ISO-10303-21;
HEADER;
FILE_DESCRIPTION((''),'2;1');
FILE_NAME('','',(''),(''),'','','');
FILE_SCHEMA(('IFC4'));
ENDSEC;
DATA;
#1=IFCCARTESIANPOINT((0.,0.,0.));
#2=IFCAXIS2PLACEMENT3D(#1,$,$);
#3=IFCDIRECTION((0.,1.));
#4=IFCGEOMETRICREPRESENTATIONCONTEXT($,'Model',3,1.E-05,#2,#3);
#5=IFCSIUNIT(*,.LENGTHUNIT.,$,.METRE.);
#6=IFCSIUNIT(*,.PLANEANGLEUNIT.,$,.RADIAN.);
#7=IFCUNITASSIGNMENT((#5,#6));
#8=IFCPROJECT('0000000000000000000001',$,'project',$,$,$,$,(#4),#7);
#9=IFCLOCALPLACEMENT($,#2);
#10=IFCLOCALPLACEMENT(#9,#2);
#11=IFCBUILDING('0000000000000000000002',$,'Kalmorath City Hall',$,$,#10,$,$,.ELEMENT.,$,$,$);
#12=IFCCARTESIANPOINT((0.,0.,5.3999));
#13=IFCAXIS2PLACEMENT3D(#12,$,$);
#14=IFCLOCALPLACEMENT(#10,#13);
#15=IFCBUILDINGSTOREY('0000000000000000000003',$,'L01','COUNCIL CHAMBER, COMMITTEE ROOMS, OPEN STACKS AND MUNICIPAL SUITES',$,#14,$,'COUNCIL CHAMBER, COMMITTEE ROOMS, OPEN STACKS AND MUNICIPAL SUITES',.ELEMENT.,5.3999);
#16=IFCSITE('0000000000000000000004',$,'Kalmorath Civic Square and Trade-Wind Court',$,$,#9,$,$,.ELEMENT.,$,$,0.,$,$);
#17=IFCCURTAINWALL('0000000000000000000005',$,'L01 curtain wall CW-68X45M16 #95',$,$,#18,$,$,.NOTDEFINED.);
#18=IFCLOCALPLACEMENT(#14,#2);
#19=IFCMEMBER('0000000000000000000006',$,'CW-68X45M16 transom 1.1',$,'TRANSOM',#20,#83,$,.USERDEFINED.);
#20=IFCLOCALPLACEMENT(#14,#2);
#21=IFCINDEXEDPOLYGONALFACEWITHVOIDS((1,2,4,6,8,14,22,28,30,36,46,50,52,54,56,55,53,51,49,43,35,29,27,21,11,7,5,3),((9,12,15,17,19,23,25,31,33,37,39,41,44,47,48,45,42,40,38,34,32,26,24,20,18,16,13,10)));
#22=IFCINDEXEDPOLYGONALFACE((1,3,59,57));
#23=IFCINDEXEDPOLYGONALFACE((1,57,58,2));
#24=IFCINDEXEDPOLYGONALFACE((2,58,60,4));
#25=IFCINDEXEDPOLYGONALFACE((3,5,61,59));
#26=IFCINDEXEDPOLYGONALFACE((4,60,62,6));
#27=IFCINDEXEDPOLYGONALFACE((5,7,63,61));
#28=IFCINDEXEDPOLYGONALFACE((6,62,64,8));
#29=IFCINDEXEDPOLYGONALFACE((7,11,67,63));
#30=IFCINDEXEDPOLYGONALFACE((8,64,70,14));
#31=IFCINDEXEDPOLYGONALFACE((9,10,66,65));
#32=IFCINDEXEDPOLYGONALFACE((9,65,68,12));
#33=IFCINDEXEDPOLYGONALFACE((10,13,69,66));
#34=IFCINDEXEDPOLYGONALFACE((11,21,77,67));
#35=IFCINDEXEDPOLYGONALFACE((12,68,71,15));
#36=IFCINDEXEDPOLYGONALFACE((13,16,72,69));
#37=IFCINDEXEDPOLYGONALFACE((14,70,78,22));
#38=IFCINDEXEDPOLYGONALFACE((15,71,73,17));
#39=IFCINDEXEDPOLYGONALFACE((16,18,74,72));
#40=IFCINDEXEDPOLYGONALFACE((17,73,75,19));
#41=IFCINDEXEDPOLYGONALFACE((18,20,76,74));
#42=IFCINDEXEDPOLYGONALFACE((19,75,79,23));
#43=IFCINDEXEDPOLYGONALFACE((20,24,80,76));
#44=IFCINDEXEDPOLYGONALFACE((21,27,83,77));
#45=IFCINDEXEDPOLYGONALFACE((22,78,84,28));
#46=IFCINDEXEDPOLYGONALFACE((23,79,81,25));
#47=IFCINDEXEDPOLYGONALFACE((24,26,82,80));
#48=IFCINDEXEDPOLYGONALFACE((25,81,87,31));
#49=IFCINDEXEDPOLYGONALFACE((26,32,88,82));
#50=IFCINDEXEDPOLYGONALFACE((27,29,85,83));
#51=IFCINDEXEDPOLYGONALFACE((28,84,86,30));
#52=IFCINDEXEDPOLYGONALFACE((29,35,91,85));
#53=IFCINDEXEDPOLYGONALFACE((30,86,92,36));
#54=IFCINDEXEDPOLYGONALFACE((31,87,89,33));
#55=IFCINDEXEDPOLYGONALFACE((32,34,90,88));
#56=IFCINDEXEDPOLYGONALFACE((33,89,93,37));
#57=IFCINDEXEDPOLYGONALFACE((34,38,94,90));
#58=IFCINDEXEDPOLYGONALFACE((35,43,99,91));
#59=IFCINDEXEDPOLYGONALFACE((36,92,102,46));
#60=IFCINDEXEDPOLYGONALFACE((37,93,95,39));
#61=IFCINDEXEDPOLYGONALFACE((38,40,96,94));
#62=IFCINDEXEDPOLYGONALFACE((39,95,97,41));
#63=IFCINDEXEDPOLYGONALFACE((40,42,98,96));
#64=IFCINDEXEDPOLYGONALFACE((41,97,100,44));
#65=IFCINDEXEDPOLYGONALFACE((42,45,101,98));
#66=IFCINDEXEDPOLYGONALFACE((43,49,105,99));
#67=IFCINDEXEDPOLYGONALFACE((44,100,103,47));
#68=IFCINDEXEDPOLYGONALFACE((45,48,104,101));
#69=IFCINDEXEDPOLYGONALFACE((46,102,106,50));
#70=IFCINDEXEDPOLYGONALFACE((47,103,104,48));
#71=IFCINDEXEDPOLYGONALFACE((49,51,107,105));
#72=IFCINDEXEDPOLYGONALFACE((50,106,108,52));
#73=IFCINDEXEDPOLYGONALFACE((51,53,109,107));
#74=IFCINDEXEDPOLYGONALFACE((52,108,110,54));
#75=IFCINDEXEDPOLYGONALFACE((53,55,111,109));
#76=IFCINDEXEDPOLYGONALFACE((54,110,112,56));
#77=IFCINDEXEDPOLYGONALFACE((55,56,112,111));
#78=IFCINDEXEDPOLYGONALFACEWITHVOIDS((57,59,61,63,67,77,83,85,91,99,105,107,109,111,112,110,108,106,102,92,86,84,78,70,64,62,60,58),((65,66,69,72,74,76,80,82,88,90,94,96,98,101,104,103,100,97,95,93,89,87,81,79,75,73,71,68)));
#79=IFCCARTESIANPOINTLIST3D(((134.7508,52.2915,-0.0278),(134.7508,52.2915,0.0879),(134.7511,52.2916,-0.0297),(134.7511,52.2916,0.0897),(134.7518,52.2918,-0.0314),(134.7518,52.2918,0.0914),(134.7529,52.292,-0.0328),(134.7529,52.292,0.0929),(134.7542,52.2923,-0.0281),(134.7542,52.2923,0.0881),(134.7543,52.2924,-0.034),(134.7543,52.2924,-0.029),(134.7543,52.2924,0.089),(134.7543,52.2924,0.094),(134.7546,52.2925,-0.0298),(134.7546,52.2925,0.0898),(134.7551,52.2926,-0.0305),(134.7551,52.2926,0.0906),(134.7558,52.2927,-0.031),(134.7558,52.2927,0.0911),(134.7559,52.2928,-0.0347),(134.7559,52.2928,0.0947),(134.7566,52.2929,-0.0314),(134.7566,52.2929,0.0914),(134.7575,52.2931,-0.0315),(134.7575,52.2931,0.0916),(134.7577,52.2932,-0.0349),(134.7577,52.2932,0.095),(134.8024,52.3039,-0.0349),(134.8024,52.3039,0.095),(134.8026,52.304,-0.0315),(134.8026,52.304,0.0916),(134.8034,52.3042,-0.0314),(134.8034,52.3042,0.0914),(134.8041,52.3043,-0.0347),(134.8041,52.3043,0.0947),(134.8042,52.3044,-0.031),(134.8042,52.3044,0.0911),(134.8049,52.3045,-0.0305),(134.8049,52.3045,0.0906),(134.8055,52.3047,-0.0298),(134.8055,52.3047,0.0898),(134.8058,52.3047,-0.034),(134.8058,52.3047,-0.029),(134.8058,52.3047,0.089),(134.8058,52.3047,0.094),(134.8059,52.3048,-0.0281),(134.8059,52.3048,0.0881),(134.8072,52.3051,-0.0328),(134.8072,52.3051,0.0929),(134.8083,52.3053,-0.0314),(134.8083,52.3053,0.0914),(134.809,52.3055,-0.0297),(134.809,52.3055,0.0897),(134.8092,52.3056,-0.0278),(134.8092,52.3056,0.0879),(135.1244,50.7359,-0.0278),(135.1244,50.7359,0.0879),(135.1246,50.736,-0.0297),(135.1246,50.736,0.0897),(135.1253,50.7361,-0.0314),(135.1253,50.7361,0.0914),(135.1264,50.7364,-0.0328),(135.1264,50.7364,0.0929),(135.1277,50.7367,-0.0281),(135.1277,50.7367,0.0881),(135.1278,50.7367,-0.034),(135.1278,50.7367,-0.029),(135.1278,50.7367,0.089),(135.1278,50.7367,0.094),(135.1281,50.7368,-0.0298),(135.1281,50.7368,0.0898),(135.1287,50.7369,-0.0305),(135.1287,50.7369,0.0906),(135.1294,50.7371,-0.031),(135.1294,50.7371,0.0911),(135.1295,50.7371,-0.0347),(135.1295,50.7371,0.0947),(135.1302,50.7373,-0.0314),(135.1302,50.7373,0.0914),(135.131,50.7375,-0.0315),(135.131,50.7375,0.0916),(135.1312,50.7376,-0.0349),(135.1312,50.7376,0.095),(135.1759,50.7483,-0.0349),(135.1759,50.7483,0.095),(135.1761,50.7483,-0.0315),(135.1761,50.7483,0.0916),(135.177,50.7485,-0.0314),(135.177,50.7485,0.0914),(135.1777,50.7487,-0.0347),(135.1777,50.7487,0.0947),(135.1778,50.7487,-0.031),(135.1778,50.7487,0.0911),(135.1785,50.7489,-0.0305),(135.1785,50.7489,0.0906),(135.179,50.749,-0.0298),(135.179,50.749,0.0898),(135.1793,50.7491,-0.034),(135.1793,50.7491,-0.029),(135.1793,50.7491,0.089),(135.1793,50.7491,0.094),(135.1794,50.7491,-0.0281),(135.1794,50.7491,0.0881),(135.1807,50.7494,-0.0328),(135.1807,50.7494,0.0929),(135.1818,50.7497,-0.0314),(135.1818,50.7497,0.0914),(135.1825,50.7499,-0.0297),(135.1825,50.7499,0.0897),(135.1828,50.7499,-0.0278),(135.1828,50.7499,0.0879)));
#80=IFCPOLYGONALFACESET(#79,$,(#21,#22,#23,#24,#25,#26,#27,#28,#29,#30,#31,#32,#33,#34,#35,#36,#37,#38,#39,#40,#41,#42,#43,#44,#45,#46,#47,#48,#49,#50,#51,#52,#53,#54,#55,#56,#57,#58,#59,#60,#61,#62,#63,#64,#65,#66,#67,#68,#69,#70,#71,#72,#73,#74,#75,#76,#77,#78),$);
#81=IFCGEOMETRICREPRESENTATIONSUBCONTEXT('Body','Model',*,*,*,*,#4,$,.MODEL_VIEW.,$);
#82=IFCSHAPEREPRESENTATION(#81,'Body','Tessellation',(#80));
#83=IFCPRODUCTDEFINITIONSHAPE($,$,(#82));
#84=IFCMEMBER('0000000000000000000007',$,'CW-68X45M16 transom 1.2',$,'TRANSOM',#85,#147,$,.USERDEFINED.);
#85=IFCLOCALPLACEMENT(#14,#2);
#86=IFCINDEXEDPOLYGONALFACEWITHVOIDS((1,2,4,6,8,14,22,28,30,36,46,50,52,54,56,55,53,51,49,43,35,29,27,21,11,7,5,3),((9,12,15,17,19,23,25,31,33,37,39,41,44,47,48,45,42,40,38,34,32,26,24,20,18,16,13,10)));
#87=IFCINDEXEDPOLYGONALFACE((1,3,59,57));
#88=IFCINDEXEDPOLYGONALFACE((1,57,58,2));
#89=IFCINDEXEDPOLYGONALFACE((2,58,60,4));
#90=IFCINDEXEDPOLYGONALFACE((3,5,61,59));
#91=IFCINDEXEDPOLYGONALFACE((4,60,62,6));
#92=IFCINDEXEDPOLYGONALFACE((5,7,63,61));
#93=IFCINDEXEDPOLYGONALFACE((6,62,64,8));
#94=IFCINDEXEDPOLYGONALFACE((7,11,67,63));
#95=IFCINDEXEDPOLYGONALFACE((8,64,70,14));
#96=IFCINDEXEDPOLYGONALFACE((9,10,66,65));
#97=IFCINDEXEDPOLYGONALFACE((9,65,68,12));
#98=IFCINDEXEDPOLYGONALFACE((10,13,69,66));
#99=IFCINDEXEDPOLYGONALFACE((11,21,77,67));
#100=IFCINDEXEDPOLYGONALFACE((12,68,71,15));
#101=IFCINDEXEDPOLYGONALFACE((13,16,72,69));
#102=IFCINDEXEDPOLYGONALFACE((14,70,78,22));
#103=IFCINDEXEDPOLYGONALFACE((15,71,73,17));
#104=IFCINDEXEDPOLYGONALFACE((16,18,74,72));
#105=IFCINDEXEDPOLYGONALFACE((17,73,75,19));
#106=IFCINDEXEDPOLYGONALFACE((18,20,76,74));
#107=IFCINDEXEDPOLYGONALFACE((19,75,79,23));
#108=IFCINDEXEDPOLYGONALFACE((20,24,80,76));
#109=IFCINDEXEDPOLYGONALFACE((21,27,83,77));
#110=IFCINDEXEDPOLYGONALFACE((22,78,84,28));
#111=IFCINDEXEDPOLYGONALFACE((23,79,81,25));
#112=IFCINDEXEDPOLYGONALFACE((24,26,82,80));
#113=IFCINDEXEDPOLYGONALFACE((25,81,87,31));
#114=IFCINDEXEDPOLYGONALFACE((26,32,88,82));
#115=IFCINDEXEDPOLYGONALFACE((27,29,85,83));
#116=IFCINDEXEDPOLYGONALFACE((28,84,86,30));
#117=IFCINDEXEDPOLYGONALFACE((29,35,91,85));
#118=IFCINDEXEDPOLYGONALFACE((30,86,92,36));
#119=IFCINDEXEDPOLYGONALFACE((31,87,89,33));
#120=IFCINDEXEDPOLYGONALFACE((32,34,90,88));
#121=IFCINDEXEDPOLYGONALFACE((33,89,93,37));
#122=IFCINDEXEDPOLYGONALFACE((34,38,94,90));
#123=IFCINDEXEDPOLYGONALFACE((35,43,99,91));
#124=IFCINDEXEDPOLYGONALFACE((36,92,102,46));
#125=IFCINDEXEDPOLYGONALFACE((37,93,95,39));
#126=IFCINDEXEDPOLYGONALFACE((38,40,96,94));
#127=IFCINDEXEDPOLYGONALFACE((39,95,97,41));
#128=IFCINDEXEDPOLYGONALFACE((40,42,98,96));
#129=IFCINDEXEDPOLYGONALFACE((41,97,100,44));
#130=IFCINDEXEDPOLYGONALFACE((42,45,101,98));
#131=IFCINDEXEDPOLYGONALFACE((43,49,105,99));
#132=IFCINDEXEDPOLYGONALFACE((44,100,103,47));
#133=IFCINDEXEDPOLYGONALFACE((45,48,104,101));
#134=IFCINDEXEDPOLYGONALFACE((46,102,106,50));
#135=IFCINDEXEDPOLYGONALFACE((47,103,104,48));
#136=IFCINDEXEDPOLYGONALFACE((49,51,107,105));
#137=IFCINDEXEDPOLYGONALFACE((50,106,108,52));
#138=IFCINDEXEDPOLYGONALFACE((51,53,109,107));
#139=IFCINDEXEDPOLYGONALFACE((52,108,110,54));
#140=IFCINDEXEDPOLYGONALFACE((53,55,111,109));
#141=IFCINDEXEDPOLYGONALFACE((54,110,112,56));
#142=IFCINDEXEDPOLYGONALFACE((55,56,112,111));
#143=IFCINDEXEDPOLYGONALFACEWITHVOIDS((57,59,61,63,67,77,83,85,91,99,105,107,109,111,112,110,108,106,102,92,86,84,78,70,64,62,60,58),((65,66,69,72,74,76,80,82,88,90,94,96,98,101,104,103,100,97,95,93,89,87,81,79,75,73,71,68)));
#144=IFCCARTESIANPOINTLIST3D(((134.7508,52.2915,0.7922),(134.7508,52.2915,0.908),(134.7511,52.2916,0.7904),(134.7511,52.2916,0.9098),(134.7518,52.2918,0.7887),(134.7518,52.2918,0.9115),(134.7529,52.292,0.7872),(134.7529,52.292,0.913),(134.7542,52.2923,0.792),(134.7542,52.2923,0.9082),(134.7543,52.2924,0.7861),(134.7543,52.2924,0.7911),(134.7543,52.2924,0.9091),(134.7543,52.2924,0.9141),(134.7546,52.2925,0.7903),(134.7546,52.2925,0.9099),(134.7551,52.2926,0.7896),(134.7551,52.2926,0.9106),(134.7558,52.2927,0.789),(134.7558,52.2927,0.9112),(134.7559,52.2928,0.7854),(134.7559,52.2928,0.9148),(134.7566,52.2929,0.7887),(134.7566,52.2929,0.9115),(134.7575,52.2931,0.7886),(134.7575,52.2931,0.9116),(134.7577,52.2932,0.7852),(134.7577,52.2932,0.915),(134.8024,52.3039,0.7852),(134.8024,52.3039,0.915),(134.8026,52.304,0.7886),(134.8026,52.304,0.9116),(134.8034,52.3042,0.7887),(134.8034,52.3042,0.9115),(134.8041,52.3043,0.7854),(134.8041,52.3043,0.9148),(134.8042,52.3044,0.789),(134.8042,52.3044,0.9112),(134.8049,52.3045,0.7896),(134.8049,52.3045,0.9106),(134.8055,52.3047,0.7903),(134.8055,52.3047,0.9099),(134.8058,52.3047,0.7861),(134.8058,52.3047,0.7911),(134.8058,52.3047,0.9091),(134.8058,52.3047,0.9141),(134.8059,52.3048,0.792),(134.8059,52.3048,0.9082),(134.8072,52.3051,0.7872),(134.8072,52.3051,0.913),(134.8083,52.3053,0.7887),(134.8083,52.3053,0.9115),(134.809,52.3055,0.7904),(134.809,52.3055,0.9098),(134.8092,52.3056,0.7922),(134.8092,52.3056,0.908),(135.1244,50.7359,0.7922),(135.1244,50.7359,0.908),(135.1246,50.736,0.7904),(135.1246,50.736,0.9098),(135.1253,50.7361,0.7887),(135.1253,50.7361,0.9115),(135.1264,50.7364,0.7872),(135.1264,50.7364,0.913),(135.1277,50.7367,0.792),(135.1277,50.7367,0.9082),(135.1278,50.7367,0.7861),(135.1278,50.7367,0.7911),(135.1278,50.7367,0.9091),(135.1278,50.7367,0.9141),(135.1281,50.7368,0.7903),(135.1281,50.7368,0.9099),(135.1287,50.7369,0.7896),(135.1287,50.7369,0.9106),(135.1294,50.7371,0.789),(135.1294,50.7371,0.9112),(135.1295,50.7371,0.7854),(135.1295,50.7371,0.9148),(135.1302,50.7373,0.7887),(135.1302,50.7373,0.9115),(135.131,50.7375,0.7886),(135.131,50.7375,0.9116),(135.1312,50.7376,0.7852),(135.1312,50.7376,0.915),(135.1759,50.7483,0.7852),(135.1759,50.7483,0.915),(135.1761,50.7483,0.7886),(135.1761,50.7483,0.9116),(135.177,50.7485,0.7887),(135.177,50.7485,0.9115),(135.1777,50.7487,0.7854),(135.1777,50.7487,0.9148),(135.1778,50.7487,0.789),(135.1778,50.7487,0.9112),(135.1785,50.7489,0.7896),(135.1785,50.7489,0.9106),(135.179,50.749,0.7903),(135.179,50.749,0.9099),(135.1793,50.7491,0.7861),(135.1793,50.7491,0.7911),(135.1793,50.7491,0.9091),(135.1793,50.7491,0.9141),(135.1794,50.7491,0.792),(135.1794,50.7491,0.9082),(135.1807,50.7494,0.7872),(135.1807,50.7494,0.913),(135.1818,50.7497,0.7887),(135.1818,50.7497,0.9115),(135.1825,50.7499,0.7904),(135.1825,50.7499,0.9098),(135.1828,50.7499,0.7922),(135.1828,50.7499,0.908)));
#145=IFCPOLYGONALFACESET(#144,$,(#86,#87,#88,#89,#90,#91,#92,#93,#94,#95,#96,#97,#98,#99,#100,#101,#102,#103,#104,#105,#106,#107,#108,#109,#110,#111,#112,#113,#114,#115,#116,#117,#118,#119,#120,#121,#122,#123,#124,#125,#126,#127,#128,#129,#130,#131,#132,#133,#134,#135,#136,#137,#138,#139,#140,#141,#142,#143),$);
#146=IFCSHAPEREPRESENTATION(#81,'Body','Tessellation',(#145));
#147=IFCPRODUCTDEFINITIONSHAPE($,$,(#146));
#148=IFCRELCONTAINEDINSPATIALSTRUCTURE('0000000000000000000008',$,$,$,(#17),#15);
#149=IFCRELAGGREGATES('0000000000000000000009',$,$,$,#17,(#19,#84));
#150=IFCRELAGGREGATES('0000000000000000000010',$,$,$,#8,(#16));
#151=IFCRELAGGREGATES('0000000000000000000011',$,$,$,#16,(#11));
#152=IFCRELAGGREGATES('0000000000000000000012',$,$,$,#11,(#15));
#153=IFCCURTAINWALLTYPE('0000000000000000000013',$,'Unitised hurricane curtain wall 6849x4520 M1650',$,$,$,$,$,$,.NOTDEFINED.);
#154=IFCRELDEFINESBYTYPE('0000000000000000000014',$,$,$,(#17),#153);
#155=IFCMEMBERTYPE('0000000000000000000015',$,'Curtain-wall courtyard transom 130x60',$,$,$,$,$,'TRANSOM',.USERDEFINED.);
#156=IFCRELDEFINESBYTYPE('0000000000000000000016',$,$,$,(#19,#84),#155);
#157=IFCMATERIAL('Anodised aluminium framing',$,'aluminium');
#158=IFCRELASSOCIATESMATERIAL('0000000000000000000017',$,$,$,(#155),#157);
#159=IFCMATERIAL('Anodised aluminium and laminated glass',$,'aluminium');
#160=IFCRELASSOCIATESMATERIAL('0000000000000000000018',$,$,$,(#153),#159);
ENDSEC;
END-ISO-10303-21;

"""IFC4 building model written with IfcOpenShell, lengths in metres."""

from ifc_helpers import new_model, si_unit, direction, frame, origin, origin_2d, place, context, subcontext, project, spatial, hollow_rectangle, extrude, material, material_profile, profile_set, type_object, element, aggregate, save


model = new_model("IFC4")

# Units and contexts
model_context = context("Model", 3, precision=1e-05, world=origin(), true_north=direction((0.0, 1.0)))
body_context = subcontext(model_context, "Body", "Model", "MODEL_VIEW")
ifc_project = project(units=[si_unit("LENGTHUNIT", "METRE"), si_unit("PLANEANGLEUNIT", "RADIAN")], contexts=[model_context])

# Site, building, storey
site_placement = place(None, origin())
site = spatial("IfcSite", under=ifc_project, at=site_placement, Name="Kalmorath Civic Square and Trade-Wind Court", CompositionType="ELEMENT", RefElevation=0.0)
building_placement = place(site_placement, origin())
building = spatial("IfcBuilding", under=site, at=building_placement, Name="Kalmorath City Hall", CompositionType="ELEMENT")
storey_placement = place(building_placement, frame((0.0, 0.0, 5.3999)))
storey = spatial("IfcBuildingStorey", under=building, at=storey_placement, Name="L01", Description="COUNCIL CHAMBER, COMMITTEE ROOMS, OPEN STACKS AND MUNICIPAL SUITES", LongName="COUNCIL CHAMBER, COMMITTEE ROOMS, OPEN STACKS AND MUNICIPAL SUITES", CompositionType="ELEMENT", Elevation=5.3999)

# Curtain wall, members
ifc_material_1 = material(Name="Anodised aluminium framing", Category="aluminium")
ifc_material_profile_1 = material_profile(ifc_material_1, hollow_rectangle(XDim=0.0601, YDim=0.1299, WallThickness=0.0034, InnerFilletRadius=0.0034, OuterFilletRadius=0.0071, at=origin_2d()), Name="ALU-TRN-130X60X3.5")
ifc_profile_set_1 = profile_set([ifc_material_profile_1], Name="Anodised aluminium framing")
member_type_1 = type_object("IfcMemberType", Name="Curtain-wall courtyard transom 130x60", ElementType="TRANSOM", PredefinedType="USERDEFINED", material=ifc_profile_set_1)
ifc_material_2 = material(Name="Anodised aluminium and laminated glass", Category="aluminium")
curtain_wall_type_1 = type_object("IfcCurtainWallType", Name="Unitised hurricane curtain wall 6849x4520 M1650", PredefinedType="NOTDEFINED", material=ifc_material_2)
curtain_wall_1_placement = place(storey_placement, origin())
curtain_wall_1 = element("IfcCurtainWall", 1, at=curtain_wall_1_placement, inside=storey, type_object=curtain_wall_type_1, Name="L01 curtain wall CW-68X45M16 #95", PredefinedType="NOTDEFINED")
member_1_placement = place(storey_placement, frame((135.1536, 50.7429, 0.03), z_axis=(-0.233477, 0.972362, 0.0), x_axis=(-0.972362, -0.233477, 0.0)))
member_1 = element("IfcMember", 2, at=member_1_placement, type_object=member_type_1, Name="CW-68X45M16 transom 1.1", ObjectType="TRANSOM", PredefinedType="USERDEFINED", context=body_context, shape_type="SweptSolid", body=[
    extrude(hollow_rectangle(XDim=0.0601, YDim=0.1299, WallThickness=0.0034, InnerFilletRadius=0.0034, OuterFilletRadius=0.0071, at=origin_2d()), origin(), (0.0, 0.0, 1.0), 1.5999),
])
member_2_placement = place(storey_placement, frame((135.1536, 50.7429, 0.8501), z_axis=(-0.233477, 0.972362, 0.0), x_axis=(-0.972362, -0.233477, 0.0)))
member_2 = element("IfcMember", 3, at=member_2_placement, type_object=member_type_1, Name="CW-68X45M16 transom 1.2", ObjectType="TRANSOM", PredefinedType="USERDEFINED", context=body_context, shape_type="SweptSolid", body=[
    extrude(hollow_rectangle(XDim=0.0601, YDim=0.1299, WallThickness=0.0034, InnerFilletRadius=0.0034, OuterFilletRadius=0.0071, at=origin_2d()), origin(), (0.0, 0.0, 1.0), 1.5999),
])

aggregate(curtain_wall_1, [member_1, member_2])

save(model, "model.ifc")
